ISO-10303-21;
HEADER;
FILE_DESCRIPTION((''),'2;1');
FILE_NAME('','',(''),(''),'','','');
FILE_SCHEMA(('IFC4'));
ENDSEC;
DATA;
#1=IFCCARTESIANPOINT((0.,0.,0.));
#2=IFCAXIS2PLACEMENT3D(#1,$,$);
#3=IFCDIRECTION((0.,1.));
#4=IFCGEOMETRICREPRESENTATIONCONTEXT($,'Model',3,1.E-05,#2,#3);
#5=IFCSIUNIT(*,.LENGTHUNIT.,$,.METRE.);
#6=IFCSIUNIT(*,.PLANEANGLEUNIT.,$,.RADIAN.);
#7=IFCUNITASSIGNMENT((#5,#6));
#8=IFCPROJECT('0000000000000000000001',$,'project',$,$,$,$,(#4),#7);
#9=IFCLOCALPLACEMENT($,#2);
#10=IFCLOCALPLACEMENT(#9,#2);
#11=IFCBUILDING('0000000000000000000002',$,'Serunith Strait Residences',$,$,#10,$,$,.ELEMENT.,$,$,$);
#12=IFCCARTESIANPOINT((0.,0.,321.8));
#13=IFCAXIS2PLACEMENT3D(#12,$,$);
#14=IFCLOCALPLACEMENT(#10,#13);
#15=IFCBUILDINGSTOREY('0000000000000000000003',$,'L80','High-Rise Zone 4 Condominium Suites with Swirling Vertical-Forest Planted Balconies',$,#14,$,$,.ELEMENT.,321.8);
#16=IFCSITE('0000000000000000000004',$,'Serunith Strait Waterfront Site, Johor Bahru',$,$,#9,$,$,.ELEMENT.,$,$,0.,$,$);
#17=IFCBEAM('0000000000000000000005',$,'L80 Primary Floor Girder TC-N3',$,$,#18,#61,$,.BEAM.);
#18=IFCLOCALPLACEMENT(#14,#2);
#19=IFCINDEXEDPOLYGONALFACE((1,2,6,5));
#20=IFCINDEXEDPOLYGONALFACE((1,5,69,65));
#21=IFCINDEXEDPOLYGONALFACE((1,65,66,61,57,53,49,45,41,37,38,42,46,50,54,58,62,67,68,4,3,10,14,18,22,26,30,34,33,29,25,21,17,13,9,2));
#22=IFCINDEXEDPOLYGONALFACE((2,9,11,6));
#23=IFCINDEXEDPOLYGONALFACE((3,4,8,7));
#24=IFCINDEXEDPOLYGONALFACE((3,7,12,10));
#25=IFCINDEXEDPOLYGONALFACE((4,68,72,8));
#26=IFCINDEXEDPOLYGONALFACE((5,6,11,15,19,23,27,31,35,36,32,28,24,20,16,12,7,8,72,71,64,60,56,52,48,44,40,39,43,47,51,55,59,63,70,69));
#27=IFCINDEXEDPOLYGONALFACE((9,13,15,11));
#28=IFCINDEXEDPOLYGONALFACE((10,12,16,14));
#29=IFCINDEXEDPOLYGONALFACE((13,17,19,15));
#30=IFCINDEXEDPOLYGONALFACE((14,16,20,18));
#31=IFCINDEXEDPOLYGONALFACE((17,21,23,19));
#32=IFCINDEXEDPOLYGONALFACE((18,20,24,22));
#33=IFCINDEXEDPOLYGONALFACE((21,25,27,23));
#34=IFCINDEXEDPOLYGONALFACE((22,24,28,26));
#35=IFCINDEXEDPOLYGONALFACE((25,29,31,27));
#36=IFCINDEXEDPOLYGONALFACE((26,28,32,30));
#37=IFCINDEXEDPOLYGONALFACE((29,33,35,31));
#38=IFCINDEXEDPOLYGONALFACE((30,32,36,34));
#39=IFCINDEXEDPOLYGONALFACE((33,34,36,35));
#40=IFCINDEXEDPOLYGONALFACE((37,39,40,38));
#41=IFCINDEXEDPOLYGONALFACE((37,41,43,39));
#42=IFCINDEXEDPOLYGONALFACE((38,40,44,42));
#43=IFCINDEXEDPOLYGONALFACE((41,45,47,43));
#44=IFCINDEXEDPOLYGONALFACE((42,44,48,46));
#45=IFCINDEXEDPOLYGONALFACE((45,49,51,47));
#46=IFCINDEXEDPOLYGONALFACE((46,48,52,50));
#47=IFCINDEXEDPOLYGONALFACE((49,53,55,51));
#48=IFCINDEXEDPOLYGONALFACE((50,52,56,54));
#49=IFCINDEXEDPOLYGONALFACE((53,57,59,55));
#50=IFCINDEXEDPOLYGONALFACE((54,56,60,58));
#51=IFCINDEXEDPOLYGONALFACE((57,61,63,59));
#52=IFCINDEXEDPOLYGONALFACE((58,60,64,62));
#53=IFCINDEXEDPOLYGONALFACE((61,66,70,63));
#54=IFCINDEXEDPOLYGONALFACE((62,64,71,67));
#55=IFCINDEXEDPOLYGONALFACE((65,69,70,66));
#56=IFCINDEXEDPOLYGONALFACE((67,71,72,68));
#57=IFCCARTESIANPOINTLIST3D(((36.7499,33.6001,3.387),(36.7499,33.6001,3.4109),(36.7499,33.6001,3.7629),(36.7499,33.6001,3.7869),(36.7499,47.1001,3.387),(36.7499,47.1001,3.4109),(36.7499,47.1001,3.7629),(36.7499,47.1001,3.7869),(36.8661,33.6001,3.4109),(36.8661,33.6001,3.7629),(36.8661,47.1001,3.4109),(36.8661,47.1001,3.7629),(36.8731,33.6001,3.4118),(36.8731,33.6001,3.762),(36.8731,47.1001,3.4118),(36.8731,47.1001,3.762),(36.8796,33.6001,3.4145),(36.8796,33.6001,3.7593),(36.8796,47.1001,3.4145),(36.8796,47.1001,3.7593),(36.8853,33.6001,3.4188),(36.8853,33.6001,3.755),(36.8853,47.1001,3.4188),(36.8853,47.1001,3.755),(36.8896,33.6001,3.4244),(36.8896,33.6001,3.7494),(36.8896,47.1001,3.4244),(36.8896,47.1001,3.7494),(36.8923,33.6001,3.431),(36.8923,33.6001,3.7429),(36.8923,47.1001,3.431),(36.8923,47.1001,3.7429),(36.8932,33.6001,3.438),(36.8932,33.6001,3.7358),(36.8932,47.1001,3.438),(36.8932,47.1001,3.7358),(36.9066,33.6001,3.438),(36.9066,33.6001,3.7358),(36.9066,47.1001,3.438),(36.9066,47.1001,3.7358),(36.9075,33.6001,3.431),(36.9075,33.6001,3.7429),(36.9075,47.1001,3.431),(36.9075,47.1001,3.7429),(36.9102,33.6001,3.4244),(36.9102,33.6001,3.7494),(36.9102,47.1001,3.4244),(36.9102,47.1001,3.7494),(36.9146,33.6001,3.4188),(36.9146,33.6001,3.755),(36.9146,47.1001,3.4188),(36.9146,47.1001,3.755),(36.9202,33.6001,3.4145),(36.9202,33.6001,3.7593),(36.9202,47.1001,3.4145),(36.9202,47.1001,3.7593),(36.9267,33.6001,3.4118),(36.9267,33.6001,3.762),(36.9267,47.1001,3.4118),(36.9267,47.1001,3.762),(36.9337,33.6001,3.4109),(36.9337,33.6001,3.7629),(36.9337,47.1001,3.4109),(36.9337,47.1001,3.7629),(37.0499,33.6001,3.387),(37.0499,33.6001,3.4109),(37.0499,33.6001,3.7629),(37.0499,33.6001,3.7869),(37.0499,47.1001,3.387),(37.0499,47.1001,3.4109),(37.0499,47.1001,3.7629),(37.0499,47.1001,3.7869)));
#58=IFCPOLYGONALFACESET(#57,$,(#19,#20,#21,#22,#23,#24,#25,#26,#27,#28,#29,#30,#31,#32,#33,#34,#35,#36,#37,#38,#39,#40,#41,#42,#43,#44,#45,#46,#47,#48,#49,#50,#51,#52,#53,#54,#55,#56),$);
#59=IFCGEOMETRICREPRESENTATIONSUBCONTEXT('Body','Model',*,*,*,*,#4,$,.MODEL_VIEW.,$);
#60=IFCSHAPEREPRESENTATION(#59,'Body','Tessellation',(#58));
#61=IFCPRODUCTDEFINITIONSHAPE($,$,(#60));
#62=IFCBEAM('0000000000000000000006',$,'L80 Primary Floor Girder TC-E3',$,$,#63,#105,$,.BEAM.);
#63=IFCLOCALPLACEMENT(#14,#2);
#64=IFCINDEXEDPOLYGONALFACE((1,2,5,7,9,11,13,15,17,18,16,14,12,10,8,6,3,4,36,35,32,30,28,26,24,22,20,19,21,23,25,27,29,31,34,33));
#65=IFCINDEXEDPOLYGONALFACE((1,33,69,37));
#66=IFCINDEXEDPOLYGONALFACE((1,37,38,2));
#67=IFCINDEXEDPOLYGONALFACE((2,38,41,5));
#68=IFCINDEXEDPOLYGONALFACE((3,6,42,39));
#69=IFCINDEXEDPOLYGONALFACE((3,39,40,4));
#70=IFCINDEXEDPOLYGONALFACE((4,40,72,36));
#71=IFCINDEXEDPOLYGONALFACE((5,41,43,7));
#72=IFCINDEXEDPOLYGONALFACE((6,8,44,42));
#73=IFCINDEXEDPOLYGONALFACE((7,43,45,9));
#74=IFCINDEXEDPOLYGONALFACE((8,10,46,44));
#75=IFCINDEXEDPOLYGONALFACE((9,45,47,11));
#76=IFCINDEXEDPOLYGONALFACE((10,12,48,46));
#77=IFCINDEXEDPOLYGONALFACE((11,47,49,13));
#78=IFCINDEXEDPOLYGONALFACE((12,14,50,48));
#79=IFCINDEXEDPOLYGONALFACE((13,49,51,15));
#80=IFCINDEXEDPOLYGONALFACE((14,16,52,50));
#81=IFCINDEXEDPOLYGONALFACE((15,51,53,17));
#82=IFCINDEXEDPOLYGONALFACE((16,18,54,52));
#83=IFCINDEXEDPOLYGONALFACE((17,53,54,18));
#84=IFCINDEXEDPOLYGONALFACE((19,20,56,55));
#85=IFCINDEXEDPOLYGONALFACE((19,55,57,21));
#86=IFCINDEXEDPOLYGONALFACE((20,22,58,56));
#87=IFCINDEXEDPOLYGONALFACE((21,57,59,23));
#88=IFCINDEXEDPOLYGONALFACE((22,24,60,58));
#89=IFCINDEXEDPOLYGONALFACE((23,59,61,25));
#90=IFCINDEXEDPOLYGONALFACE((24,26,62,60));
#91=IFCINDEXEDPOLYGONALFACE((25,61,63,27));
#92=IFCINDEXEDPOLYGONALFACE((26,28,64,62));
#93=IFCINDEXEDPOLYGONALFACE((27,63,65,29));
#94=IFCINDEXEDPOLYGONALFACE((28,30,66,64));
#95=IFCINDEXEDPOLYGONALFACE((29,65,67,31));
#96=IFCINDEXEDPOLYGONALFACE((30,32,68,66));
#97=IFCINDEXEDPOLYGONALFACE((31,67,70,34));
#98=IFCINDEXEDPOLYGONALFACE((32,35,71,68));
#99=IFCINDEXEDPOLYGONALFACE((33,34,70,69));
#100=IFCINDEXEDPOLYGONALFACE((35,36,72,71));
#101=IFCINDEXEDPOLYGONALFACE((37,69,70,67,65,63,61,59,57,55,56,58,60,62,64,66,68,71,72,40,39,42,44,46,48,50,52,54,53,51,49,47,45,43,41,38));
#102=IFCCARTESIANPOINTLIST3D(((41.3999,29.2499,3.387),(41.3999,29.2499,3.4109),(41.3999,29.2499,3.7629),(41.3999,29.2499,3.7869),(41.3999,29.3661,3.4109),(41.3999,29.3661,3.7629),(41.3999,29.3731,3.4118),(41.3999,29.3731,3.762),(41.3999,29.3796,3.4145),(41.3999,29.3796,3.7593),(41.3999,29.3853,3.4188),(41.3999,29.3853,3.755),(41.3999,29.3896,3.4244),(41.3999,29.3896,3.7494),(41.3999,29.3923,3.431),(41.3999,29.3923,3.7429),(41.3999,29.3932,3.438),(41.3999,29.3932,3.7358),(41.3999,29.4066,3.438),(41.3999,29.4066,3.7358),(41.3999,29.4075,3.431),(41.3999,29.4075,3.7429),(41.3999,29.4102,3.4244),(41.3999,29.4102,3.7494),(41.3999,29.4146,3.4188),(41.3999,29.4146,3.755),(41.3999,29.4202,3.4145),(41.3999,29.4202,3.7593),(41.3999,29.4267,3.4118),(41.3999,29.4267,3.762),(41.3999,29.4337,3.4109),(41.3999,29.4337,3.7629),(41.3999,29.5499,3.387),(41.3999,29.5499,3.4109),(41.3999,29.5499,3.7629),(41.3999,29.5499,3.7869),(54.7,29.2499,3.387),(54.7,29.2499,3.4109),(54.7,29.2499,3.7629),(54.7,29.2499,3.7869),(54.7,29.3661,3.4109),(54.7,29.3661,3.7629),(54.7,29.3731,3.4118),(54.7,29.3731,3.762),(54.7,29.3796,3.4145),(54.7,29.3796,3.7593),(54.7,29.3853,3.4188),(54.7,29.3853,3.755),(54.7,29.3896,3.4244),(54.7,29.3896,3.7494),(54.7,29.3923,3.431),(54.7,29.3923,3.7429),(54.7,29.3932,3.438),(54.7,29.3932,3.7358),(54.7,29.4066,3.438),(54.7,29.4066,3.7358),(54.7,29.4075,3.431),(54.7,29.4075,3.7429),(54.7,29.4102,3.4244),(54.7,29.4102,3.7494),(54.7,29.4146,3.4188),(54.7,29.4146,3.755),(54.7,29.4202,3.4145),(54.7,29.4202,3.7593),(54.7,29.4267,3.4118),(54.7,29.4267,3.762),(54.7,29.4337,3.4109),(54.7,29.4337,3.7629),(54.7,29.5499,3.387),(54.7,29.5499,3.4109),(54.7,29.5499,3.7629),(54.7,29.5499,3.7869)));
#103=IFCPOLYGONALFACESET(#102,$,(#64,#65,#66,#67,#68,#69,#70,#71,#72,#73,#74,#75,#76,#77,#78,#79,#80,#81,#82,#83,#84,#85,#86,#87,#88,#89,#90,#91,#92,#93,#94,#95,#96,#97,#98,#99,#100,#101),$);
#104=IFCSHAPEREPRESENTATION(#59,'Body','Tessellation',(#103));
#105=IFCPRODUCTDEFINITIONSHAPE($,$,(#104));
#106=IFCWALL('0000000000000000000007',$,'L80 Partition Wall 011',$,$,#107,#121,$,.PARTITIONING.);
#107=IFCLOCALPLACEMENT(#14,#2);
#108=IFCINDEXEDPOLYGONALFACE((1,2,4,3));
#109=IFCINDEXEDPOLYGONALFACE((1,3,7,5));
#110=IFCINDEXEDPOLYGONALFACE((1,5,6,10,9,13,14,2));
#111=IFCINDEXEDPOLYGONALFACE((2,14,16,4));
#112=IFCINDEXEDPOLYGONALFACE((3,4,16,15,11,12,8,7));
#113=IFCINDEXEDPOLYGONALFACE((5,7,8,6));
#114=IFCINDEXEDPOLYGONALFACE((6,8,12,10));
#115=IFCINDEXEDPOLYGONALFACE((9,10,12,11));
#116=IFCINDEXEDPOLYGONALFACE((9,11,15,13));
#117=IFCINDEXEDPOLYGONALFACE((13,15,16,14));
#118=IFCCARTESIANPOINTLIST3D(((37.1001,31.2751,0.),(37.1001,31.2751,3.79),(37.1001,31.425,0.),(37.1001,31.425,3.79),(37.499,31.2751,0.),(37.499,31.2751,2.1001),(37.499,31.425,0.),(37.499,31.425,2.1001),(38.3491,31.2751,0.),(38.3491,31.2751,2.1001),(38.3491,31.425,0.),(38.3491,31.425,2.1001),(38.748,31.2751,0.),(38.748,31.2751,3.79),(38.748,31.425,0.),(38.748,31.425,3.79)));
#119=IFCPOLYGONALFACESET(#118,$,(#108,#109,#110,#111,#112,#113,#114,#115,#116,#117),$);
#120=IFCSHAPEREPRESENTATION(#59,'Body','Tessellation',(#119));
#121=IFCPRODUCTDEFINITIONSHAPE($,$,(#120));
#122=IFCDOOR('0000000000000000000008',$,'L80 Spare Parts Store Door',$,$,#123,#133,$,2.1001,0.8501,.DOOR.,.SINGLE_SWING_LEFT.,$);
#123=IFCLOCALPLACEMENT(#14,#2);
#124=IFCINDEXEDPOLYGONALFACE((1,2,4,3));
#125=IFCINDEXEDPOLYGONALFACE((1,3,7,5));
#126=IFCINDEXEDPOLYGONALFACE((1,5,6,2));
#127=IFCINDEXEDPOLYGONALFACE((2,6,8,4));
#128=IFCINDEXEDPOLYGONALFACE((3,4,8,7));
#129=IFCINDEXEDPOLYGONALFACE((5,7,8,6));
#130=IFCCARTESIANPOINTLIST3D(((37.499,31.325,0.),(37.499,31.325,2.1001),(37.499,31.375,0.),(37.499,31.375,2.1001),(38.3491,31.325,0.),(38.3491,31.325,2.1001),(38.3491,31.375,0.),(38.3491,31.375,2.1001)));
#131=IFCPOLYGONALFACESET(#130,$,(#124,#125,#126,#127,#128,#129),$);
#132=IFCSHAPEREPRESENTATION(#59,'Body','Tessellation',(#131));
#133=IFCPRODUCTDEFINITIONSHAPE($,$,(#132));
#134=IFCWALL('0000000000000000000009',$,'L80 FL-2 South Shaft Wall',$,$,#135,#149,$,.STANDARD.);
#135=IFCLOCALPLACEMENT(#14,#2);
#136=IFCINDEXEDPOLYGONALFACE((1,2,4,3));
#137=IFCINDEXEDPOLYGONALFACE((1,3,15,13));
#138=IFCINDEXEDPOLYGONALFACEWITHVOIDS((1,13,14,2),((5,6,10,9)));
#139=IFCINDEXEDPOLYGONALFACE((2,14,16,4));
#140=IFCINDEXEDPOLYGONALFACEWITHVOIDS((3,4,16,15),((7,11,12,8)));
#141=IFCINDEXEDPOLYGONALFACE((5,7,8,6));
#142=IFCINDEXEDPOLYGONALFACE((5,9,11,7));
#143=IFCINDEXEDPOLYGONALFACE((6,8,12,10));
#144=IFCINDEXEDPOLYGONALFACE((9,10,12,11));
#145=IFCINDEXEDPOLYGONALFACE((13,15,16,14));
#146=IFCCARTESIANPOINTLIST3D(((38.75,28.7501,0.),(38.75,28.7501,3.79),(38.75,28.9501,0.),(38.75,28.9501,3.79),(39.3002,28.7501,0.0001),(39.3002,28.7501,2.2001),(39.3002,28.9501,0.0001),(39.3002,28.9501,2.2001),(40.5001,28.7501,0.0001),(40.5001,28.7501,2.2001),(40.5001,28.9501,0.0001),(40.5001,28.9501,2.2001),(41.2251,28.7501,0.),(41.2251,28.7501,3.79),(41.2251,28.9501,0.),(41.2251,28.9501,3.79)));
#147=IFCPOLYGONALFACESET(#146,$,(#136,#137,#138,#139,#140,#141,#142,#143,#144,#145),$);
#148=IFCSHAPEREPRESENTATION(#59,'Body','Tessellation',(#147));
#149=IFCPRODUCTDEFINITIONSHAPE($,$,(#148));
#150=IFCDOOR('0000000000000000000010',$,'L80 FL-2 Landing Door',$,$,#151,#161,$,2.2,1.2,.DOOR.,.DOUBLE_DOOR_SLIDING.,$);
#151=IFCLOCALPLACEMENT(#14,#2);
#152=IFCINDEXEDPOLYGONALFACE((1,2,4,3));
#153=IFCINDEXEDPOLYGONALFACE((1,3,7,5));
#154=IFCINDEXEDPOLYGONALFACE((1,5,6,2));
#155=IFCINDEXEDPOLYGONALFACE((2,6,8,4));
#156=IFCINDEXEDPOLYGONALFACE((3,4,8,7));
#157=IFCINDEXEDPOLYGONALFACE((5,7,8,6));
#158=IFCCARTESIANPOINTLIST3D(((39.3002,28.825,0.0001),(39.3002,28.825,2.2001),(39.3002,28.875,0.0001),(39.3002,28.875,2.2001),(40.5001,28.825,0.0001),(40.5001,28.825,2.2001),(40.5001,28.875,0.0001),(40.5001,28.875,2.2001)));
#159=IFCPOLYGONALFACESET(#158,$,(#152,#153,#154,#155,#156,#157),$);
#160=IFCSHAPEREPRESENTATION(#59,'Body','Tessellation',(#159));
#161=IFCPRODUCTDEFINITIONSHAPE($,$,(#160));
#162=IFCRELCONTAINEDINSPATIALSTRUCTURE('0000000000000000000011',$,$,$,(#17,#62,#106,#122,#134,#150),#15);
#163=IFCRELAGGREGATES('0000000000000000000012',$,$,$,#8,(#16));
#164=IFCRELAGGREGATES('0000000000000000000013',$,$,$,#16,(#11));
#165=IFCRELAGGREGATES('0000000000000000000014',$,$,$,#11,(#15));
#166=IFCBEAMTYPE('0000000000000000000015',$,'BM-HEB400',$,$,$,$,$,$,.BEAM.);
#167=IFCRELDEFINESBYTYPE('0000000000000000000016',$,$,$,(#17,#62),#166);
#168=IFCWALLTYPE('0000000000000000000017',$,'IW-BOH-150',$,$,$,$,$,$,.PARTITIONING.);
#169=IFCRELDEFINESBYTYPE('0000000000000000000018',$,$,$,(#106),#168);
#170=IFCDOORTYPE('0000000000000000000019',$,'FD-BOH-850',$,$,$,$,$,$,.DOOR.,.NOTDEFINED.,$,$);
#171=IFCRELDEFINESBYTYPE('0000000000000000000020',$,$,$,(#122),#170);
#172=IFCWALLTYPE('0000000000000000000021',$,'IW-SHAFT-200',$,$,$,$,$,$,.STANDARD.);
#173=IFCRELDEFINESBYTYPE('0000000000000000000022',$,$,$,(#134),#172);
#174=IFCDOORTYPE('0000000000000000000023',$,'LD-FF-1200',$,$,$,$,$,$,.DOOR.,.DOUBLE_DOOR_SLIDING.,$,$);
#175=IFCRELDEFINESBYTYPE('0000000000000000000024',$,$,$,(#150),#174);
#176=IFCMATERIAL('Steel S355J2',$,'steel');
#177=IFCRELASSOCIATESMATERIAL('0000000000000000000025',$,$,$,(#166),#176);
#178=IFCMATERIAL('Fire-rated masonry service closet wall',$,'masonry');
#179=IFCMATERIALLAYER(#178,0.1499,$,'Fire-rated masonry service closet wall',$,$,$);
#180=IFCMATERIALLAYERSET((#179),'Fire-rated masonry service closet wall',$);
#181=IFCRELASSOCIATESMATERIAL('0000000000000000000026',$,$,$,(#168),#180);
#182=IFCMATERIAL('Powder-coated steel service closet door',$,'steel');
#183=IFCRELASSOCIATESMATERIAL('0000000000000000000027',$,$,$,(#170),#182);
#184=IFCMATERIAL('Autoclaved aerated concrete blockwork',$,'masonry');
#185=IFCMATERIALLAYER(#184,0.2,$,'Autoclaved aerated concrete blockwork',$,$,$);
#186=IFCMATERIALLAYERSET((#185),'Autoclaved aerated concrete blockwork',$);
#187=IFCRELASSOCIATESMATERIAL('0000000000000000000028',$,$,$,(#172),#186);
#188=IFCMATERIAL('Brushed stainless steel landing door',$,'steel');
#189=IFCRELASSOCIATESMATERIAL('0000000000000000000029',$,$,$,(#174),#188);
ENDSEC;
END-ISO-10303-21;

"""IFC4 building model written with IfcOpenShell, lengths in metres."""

from ifc_helpers import new_model, si_unit, direction, frame, frame_2d, origin, origin_2d, place, context, subcontext, project, spatial, rectangle, i_section, extrude, source, transform, mapped, material, layer, layer_set, material_profile, profile_set, type_object, element, fill, save


model = new_model("IFC4")

# Units and contexts
model_context = context("Model", 3, precision=1e-05, world=origin(), true_north=direction((0.0, 1.0)))
body_context = subcontext(model_context, "Body", "Model", "MODEL_VIEW")
ifc_project = project(units=[si_unit("LENGTHUNIT", "METRE"), si_unit("PLANEANGLEUNIT", "RADIAN")], contexts=[model_context])

# Site, building, storey
site_placement = place(None, origin())
site = spatial("IfcSite", under=ifc_project, at=site_placement, Name="Serunith Strait Waterfront Site, Johor Bahru", CompositionType="ELEMENT", RefElevation=0.0)
building_placement = place(site_placement, origin())
building = spatial("IfcBuilding", under=site, at=building_placement, Name="Serunith Strait Residences", CompositionType="ELEMENT")
storey_placement = place(building_placement, frame((0.0, 0.0, 321.8)))
storey = spatial("IfcBuildingStorey", under=building, at=storey_placement, Name="L80", Description="High-Rise Zone 4 Condominium Suites with Swirling Vertical-Forest Planted Balconies", CompositionType="ELEMENT", Elevation=321.8)

# Beams
ifc_material_1 = material(Name="Steel S355J2", Category="steel")
ifc_material_profile = material_profile(ifc_material_1, i_section(OverallWidth=0.3, OverallDepth=0.3999, WebThickness=0.0134, FlangeThickness=0.0239, FilletRadius=0.0271, at=origin_2d()), Name="HEB 400")
ifc_profile_set = profile_set([ifc_material_profile], Name="Steel S355J2")
beam_type = type_object("IfcBeamType", Name="BM-HEB400", PredefinedType="BEAM", material=ifc_profile_set)
shared_shape_1 = source(origin(), body_context, "Body", "SweptSolid", [
    extrude(i_section(OverallWidth=0.3, OverallDepth=0.3999, WebThickness=0.0134, FlangeThickness=0.0239, FilletRadius=0.0271, at=origin_2d()), origin(), (0.0, 0.0, 1.0), 13.5),
])
beam_1_placement = place(storey_placement, frame((36.8999, 33.6001, 3.5869), z_axis=(0.0, 1.0, 0.0), x_axis=(-1.0, 0.0, 0.0)))
element("IfcBeam", 1, at=beam_1_placement, inside=storey, type_object=beam_type, Name="L80 Primary Floor Girder TC-N3", PredefinedType="BEAM", context=body_context, shape_type="MappedRepresentation", body=[
    mapped(shared_shape_1, transform((0.0, 0.0, 0.0), scale=1.0)),
])
shared_shape_2 = source(origin(), body_context, "Body", "SweptSolid", [
    extrude(i_section(OverallWidth=0.3, OverallDepth=0.3999, WebThickness=0.0134, FlangeThickness=0.0239, FilletRadius=0.0271, at=origin_2d()), origin(), (0.0, 0.0, 1.0), 13.3),
])
beam_2_placement = place(storey_placement, frame((41.3999, 29.3999, 3.5869), z_axis=(1.0, 0.0, 0.0), x_axis=(0.0, 1.0, 0.0)))
element("IfcBeam", 2, at=beam_2_placement, inside=storey, type_object=beam_type, Name="L80 Primary Floor Girder TC-E3", PredefinedType="BEAM", context=body_context, shape_type="MappedRepresentation", body=[
    mapped(shared_shape_2, transform((0.0, 0.0, 0.0), scale=1.0)),
])

# Walls, openings, doors
ifc_material_2 = material(Name="Fire-rated masonry service closet wall", Category="masonry")
ifc_layer_1 = layer(ifc_material_2, 0.1499, Name="Fire-rated masonry service closet wall")
ifc_layer_set_1 = layer_set([ifc_layer_1], Name="Fire-rated masonry service closet wall")
wall_type_1 = type_object("IfcWallType", Name="IW-BOH-150", PredefinedType="PARTITIONING", material=ifc_layer_set_1)
wall_1_placement = place(storey_placement, frame((37.1001, 31.3501, 0.0), z_axis=(0.0, 0.0, 1.0), x_axis=(1.0, 0.0, 0.0)))
wall_1 = element("IfcWall", 3, at=wall_1_placement, inside=storey, type_object=wall_type_1, Name="L80 Partition Wall 011", PredefinedType="PARTITIONING", context=body_context, shape_type="SweptSolid", body=[
    extrude(rectangle(XDim=1.6479, YDim=0.1499, at=frame_2d((0.824, 0.0))), origin(), (0.0, 0.0, 1.0), 3.79),
])
opening_1_placement = place(wall_1_placement, frame((0.3989, 0.0, 0.0)))
opening_1 = element("IfcOpeningElement", 4, at=opening_1_placement, cuts=wall_1, PredefinedType="OPENING", context=body_context, shape_type="SweptSolid", body=[
    extrude(rectangle(XDim=0.8501, YDim=2.1001, at=frame_2d((0.425, 1.05))), frame((0.0, 0.085, 0.0), z_axis=(0.0, -1.0, 0.0), x_axis=(1.0, 0.0, 0.0)), (0.0, 0.0, 1.0), 0.1699),
])
ifc_material_3 = material(Name="Powder-coated steel service closet door", Category="steel")
door_type_1 = type_object("IfcDoorType", Name="FD-BOH-850", OperationType="NOTDEFINED", PredefinedType="DOOR", material=ifc_material_3)
shared_shape_3 = source(origin(), body_context, "Body", "SweptSolid", [
    extrude(rectangle(XDim=0.8501, YDim=2.1001, at=frame_2d((0.425, 1.05))), frame((0.0, 0.0249, 0.0), z_axis=(0.0, -1.0, 0.0), x_axis=(1.0, 0.0, 0.0)), (0.0, 0.0, 1.0), 0.05),
])
door_1_placement = place(opening_1_placement, origin())
door_1 = element("IfcDoor", 5, at=door_1_placement, inside=storey, type_object=door_type_1, Name="L80 Spare Parts Store Door", OperationType="SINGLE_SWING_LEFT", OverallHeight=2.1001, OverallWidth=0.8501, PredefinedType="DOOR", context=body_context, shape_type="MappedRepresentation", body=[
    mapped(shared_shape_3, transform((0.0, 0.0, 0.0), scale=1.0)),
])
fill(opening_1, door_1)
ifc_material_4 = material(Name="Autoclaved aerated concrete blockwork", Category="masonry")
ifc_layer_2 = layer(ifc_material_4, 0.2, Name="Autoclaved aerated concrete blockwork")
ifc_layer_set_2 = layer_set([ifc_layer_2], Name="Autoclaved aerated concrete blockwork")
wall_type_2 = type_object("IfcWallType", Name="IW-SHAFT-200", PredefinedType="STANDARD", material=ifc_layer_set_2)
wall_2_placement = place(storey_placement, frame((38.75, 28.8501, 0.0), z_axis=(0.0, 0.0, 1.0), x_axis=(1.0, 0.0, 0.0)))
wall_2 = element("IfcWall", 6, at=wall_2_placement, inside=storey, type_object=wall_type_2, Name="L80 FL-2 South Shaft Wall", PredefinedType="STANDARD", context=body_context, shape_type="SweptSolid", body=[
    extrude(rectangle(XDim=2.4751, YDim=0.2, at=frame_2d((1.2375, 0.0))), origin(), (0.0, 0.0, 1.0), 3.79),
])
opening_2_placement = place(wall_2_placement, frame((0.55, 0.0, 0.0)))
opening_2 = element("IfcOpeningElement", 7, at=opening_2_placement, cuts=wall_2, PredefinedType="OPENING", context=body_context, shape_type="SweptSolid", body=[
    extrude(rectangle(XDim=1.2, YDim=2.2, at=frame_2d((0.6001, 1.1001))), frame((0.0, 0.1099, 0.0), z_axis=(0.0, -1.0, 0.0), x_axis=(1.0, 0.0, 0.0)), (0.0, 0.0, 1.0), 0.22),
])
ifc_material_5 = material(Name="Brushed stainless steel landing door", Category="steel")
door_type_2 = type_object("IfcDoorType", Name="LD-FF-1200", OperationType="DOUBLE_DOOR_SLIDING", PredefinedType="DOOR", material=ifc_material_5)
shared_shape_4 = source(origin(), body_context, "Body", "SweptSolid", [
    extrude(rectangle(XDim=1.2, YDim=2.2, at=frame_2d((0.6001, 1.1001))), frame((0.0, 0.0249, 0.0), z_axis=(0.0, -1.0, 0.0), x_axis=(1.0, 0.0, 0.0)), (0.0, 0.0, 1.0), 0.05),
])
door_2_placement = place(opening_2_placement, origin())
door_2 = element("IfcDoor", 8, at=door_2_placement, inside=storey, type_object=door_type_2, Name="L80 FL-2 Landing Door", OperationType="DOUBLE_DOOR_SLIDING", OverallHeight=2.2, OverallWidth=1.2, PredefinedType="DOOR", context=body_context, shape_type="MappedRepresentation", body=[
    mapped(shared_shape_4, transform((0.0, 0.0, 0.0), scale=1.0)),
])
fill(opening_2, door_2)

save(model, "model.ifc")
